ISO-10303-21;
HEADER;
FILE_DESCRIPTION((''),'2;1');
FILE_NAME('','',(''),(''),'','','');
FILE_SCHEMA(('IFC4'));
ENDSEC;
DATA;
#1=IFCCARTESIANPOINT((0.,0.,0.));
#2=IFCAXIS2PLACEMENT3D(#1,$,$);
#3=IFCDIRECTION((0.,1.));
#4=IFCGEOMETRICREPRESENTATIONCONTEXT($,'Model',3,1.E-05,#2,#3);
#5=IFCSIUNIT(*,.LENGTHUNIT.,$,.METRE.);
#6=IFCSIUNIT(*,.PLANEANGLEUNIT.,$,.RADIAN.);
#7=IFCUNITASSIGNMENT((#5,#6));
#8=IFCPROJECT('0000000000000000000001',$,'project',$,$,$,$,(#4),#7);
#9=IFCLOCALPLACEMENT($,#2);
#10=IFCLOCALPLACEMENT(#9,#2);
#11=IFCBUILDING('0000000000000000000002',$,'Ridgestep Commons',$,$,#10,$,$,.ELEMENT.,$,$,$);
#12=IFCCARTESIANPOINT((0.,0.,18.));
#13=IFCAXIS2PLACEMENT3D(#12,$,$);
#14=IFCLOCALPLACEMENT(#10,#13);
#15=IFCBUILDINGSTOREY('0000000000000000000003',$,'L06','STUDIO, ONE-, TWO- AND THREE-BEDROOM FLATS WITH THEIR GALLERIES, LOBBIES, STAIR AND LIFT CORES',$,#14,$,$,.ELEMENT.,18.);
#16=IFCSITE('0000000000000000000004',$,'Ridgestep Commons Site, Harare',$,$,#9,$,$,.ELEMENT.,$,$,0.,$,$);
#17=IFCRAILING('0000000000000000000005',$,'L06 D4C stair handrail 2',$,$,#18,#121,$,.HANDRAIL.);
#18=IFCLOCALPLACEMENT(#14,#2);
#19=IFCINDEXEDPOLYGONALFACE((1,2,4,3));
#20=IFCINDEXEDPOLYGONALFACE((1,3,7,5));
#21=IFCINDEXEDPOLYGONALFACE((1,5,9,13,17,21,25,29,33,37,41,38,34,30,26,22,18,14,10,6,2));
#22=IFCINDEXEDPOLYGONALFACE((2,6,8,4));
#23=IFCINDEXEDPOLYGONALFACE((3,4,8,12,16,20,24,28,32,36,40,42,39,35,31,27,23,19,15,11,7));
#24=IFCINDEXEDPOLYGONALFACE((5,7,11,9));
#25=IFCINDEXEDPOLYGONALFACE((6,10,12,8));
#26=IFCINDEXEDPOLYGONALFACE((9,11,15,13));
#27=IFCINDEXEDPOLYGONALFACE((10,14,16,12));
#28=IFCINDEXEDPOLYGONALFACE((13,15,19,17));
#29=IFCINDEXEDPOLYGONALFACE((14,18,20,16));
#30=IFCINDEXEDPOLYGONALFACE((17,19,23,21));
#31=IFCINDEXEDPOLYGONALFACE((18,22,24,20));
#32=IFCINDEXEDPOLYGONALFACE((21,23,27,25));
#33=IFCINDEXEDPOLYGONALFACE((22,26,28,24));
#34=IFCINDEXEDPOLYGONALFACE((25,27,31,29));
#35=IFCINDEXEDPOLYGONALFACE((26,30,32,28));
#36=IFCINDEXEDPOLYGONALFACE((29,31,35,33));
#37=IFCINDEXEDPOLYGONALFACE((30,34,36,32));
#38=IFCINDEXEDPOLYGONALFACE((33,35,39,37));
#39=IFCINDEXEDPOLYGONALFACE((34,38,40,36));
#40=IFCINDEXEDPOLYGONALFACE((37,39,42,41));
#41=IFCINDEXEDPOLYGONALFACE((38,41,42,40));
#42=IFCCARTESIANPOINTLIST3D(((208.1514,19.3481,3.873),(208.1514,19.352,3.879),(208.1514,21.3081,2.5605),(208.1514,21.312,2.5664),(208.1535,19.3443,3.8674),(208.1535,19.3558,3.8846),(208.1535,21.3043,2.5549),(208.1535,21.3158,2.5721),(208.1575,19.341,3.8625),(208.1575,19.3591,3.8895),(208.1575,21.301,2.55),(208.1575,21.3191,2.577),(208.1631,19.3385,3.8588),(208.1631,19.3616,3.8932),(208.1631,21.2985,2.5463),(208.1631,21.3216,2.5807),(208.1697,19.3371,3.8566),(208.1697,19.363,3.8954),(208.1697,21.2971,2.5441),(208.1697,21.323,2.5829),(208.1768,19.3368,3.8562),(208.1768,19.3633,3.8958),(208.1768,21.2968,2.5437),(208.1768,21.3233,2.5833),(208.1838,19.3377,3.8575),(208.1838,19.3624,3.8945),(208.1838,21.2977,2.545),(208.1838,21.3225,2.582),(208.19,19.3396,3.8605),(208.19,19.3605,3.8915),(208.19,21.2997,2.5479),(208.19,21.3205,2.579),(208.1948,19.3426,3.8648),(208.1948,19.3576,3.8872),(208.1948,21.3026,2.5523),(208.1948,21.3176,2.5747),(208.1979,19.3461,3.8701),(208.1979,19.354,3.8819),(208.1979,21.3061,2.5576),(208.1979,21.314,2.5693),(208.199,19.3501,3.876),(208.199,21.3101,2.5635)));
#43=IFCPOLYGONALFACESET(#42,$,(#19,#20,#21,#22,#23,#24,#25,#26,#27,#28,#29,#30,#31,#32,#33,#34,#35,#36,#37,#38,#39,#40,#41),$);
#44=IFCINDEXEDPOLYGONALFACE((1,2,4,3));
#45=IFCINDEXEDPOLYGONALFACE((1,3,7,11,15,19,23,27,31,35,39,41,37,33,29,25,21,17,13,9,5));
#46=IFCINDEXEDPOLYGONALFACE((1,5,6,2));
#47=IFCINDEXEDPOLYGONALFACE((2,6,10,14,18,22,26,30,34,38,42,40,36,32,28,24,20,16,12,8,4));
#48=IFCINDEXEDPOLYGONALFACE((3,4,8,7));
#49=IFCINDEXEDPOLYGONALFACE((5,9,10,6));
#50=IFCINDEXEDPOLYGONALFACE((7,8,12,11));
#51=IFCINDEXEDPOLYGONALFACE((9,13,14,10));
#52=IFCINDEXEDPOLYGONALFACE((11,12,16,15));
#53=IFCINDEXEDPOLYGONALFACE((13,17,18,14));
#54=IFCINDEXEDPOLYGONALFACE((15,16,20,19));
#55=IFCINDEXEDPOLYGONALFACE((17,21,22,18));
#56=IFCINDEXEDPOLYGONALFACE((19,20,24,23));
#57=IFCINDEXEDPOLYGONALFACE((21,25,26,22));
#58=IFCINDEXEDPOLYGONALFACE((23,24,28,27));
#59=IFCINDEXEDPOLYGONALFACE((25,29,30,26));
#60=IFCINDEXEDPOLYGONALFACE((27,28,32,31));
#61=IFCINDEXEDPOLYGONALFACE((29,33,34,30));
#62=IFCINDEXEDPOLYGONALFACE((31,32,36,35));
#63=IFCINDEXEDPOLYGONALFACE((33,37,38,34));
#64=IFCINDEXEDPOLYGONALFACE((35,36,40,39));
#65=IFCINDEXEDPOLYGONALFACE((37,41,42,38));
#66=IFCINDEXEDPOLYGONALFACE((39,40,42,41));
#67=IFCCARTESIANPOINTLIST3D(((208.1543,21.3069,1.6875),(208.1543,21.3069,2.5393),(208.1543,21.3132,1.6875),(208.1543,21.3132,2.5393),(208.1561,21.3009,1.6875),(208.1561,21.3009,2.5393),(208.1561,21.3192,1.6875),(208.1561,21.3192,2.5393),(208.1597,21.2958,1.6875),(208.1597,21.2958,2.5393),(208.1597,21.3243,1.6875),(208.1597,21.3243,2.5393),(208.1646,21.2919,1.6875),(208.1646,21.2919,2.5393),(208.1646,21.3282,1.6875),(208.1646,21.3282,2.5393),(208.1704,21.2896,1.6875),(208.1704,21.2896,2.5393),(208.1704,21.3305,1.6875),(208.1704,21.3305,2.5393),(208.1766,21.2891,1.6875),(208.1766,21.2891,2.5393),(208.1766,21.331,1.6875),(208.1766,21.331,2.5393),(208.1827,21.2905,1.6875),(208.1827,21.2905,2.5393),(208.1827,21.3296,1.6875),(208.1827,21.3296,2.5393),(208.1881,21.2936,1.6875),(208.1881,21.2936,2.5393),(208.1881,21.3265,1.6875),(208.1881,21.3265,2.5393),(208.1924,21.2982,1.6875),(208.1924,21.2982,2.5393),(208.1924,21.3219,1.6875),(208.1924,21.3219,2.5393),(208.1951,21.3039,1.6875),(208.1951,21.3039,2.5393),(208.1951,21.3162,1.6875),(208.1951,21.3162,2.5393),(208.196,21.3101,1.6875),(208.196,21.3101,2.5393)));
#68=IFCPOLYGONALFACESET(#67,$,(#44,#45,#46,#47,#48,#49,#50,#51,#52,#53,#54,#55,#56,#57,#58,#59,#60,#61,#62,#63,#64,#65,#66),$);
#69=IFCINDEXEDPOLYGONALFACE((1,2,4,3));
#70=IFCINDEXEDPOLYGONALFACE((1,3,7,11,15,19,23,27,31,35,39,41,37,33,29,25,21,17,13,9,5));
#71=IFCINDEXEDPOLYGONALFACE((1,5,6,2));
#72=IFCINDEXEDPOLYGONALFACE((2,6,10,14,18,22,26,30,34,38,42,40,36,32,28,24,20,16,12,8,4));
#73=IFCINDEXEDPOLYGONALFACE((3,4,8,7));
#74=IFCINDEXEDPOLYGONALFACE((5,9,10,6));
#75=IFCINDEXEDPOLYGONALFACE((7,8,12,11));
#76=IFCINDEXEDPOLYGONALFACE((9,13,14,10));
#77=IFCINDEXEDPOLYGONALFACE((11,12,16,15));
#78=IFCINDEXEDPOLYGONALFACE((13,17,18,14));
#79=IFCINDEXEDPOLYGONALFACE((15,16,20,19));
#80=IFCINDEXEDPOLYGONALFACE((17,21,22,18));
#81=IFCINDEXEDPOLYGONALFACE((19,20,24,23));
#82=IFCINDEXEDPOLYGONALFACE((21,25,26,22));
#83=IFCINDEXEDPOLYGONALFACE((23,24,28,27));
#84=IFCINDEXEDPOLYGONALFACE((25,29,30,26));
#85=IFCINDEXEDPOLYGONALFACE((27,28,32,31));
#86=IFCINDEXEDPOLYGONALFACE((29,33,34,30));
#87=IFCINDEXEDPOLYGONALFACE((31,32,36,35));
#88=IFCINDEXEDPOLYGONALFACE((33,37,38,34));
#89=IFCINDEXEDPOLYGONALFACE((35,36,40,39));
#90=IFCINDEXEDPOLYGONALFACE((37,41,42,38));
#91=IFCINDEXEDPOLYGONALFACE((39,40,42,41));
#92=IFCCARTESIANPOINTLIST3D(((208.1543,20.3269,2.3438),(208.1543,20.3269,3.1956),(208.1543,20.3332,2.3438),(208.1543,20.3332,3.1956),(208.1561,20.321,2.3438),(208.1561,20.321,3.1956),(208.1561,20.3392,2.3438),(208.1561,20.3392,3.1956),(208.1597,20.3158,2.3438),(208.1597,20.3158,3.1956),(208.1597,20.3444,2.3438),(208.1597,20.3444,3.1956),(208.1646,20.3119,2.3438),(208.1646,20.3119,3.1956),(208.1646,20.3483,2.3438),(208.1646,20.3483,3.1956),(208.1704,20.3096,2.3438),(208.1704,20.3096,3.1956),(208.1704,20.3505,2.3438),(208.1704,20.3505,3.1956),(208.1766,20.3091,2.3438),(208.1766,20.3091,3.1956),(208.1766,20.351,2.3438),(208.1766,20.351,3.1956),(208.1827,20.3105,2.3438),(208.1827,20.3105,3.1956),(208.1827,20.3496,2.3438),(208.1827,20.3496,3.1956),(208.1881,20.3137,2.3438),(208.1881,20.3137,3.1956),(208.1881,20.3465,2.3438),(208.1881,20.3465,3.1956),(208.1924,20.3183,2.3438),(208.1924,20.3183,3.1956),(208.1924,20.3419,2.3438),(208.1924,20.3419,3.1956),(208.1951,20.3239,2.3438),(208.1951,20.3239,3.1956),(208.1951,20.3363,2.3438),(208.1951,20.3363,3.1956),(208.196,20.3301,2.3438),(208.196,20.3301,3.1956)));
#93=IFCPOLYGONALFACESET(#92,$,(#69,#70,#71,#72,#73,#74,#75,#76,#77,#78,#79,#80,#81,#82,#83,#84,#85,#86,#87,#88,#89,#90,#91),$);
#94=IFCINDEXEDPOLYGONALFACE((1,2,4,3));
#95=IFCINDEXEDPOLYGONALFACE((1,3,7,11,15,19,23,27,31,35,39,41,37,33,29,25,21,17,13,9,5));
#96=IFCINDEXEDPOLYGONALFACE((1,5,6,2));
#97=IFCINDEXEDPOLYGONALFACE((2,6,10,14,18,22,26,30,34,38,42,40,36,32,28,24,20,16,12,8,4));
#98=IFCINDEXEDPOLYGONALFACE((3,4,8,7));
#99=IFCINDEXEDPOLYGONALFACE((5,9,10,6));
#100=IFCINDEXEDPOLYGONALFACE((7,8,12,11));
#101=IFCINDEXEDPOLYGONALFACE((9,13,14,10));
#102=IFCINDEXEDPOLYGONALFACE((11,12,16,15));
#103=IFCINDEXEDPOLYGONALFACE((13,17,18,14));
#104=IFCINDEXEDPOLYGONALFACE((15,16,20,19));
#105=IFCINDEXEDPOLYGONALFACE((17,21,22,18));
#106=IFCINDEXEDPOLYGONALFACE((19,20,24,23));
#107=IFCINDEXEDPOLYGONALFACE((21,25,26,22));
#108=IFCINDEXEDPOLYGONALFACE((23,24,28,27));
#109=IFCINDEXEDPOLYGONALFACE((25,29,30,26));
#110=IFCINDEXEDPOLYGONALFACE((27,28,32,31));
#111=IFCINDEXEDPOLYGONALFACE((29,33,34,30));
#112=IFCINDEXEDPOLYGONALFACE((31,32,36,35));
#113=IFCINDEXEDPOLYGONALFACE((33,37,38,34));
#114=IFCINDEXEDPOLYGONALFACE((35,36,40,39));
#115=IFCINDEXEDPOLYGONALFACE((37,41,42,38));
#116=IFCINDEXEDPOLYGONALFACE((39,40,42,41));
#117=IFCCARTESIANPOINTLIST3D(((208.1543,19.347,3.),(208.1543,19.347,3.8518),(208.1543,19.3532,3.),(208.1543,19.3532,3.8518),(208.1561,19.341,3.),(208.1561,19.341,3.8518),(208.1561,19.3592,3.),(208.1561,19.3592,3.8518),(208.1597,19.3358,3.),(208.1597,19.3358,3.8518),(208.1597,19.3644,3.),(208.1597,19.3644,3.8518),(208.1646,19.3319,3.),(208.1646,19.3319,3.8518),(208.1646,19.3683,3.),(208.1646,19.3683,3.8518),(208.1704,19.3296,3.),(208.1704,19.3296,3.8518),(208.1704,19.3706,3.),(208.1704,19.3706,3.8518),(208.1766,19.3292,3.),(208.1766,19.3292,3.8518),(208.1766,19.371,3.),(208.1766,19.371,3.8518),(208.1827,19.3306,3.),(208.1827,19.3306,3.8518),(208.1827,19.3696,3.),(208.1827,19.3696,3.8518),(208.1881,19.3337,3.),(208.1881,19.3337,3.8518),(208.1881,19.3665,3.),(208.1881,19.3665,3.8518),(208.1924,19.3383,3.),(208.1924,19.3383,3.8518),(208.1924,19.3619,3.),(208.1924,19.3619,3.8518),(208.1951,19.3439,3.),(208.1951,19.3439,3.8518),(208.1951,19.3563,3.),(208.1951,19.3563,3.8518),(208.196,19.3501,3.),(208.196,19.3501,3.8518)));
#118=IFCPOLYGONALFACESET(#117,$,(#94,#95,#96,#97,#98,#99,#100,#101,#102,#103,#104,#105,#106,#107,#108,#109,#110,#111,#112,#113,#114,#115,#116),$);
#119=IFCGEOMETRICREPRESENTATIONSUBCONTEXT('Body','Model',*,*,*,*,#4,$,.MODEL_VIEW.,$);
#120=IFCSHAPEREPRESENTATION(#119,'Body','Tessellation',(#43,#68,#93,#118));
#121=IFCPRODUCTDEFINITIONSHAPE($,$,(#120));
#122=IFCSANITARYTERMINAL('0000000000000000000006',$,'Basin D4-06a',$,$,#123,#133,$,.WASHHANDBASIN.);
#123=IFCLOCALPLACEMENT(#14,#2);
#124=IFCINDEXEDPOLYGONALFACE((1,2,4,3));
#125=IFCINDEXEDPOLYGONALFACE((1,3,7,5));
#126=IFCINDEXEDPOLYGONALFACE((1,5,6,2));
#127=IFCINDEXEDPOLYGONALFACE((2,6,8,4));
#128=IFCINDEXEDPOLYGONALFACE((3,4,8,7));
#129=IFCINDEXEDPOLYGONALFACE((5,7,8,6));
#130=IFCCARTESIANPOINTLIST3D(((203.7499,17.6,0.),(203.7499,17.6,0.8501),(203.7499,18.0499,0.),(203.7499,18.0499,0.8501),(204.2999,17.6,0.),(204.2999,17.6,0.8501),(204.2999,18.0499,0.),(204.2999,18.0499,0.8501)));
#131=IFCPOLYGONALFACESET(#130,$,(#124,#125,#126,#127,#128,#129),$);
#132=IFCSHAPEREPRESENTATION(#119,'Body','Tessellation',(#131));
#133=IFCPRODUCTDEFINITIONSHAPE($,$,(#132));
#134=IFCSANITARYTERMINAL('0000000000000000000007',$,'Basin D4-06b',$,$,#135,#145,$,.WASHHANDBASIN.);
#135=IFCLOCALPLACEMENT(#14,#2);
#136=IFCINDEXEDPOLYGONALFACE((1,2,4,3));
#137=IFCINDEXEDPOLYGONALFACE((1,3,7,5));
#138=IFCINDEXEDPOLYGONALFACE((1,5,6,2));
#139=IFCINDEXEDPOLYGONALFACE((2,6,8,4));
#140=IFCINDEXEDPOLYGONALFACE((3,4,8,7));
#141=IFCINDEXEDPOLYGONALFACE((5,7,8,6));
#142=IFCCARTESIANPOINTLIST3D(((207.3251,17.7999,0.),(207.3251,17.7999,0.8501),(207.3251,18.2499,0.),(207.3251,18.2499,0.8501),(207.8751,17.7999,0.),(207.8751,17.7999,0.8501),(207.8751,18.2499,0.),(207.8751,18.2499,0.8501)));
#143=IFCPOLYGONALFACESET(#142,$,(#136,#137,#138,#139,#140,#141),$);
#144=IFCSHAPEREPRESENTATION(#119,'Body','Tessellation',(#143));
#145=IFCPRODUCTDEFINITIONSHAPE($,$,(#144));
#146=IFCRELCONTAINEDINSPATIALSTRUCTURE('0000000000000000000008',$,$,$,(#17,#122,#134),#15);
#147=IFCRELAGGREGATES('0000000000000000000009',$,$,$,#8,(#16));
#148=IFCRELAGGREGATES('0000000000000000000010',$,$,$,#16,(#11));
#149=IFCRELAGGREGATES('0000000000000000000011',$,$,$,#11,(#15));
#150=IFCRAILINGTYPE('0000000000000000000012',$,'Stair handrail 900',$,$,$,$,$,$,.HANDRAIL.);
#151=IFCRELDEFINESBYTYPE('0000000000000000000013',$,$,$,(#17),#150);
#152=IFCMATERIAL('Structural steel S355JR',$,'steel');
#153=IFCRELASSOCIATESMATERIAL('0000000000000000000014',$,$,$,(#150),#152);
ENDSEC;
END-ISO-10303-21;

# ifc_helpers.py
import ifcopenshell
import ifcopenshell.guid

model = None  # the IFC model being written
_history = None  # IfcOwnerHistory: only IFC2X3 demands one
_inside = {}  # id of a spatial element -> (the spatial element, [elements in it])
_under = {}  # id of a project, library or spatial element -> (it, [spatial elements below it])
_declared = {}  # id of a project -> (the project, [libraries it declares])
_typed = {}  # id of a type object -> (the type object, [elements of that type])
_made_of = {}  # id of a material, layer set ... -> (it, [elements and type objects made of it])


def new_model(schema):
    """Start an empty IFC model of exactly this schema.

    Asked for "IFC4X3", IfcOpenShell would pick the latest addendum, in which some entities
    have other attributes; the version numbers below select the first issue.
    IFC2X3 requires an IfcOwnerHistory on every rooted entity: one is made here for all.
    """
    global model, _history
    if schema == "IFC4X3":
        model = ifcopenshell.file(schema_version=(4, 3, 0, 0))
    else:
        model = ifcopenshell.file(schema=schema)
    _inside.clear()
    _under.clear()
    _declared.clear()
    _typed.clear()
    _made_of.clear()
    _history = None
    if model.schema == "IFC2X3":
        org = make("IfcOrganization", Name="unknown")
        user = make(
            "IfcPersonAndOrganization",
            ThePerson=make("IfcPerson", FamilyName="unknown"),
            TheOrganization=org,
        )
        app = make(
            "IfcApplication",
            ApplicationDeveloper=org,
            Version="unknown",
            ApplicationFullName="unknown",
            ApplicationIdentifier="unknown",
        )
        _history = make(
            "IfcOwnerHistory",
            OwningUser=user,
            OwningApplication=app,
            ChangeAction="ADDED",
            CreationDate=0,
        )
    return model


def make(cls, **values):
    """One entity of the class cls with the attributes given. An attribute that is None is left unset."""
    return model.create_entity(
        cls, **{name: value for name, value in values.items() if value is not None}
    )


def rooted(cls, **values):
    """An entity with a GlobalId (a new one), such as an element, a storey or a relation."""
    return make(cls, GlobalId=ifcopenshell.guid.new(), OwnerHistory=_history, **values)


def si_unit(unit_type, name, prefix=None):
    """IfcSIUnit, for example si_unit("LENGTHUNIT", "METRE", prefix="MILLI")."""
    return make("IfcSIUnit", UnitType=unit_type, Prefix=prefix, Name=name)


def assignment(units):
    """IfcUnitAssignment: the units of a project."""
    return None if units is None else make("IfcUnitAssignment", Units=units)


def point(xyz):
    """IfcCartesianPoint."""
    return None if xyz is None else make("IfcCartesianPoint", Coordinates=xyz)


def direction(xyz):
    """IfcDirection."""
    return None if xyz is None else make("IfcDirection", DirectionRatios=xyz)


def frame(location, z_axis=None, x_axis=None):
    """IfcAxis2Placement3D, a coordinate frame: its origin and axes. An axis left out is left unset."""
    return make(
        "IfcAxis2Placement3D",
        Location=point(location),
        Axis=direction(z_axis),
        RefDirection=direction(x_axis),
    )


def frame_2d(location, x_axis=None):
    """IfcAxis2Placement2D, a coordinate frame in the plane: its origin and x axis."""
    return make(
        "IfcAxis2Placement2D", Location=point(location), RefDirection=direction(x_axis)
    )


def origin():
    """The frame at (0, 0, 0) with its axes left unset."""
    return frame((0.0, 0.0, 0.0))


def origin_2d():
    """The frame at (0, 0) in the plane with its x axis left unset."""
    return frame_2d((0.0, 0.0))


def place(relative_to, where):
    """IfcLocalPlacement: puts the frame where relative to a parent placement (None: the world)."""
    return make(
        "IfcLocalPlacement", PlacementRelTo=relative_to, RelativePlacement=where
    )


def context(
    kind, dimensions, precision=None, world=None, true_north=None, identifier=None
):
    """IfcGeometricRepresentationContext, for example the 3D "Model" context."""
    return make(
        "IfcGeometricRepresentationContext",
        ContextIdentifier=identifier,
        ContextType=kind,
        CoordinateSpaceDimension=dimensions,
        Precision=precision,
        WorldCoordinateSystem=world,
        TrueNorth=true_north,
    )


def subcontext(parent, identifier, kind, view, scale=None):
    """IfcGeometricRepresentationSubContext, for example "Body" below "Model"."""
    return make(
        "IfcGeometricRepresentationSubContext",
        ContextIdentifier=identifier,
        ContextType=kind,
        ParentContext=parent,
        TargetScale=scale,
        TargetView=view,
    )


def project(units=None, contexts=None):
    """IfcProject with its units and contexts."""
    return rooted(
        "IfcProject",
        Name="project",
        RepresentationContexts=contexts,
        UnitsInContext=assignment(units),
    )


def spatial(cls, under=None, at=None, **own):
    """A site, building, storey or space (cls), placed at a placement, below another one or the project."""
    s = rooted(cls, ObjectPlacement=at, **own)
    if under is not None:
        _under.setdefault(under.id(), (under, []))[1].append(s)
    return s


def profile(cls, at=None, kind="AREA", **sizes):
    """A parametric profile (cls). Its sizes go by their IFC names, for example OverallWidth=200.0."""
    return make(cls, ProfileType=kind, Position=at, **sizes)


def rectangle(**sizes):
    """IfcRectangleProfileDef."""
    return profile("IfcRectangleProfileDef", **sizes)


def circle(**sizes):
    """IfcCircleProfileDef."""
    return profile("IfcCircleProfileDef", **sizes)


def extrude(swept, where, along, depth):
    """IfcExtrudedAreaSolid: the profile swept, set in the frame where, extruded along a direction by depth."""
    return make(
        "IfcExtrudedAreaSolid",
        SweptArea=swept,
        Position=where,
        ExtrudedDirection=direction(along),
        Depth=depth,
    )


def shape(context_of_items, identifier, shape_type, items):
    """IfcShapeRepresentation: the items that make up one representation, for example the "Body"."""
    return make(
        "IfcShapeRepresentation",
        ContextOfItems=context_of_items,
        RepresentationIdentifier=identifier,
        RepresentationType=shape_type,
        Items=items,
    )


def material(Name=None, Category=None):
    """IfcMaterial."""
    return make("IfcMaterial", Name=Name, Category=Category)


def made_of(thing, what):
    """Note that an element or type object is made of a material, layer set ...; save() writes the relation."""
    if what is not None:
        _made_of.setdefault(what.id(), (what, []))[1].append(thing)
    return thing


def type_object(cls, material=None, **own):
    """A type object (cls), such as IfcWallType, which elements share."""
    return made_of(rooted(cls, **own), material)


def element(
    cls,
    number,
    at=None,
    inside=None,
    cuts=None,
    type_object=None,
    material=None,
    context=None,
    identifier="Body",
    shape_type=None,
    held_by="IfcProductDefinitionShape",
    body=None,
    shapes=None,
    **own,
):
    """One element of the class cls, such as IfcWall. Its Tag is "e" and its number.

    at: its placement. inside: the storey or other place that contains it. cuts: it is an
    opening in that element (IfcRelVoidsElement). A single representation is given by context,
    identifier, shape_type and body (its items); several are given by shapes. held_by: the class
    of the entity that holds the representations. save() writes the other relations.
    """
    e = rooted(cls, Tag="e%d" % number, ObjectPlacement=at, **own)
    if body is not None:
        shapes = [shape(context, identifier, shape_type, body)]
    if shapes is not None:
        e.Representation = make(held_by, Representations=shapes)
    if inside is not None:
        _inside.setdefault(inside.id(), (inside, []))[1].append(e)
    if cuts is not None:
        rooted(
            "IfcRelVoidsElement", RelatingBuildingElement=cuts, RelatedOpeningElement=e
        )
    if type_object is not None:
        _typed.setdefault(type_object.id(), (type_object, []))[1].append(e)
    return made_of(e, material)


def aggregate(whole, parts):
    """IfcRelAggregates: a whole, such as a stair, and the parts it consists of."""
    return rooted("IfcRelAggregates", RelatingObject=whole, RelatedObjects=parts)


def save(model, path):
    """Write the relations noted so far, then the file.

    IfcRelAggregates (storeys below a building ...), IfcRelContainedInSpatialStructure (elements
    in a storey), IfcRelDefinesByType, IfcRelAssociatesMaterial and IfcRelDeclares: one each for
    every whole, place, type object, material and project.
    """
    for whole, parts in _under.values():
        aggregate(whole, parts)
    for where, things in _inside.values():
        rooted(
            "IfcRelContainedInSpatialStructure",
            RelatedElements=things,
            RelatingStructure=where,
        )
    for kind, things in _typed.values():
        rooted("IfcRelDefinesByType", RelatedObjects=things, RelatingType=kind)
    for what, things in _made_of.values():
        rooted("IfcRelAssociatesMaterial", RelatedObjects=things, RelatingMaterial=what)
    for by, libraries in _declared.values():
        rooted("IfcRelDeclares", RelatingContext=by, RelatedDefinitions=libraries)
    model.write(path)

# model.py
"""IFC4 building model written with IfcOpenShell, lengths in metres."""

from ifc_helpers import new_model, si_unit, direction, frame, origin, origin_2d, place, context, subcontext, project, spatial, rectangle, circle, extrude, material, type_object, element, save


model = new_model("IFC4")

# Units and contexts
model_context = context("Model", 3, precision=1e-05, world=origin(), true_north=direction((0.0, 1.0)))
body_context = subcontext(model_context, "Body", "Model", "MODEL_VIEW")
ifc_project = project(units=[si_unit("LENGTHUNIT", "METRE"), si_unit("PLANEANGLEUNIT", "RADIAN")], contexts=[model_context])

# Site, building, storey
site_placement = place(None, origin())
site = spatial("IfcSite", under=ifc_project, at=site_placement, Name="Ridgestep Commons Site, Harare", CompositionType="ELEMENT", RefElevation=0.0)
building_placement = place(site_placement, origin())
building = spatial("IfcBuilding", under=site, at=building_placement, Name="Ridgestep Commons", CompositionType="ELEMENT")
storey_placement = place(building_placement, frame((0.0, 0.0, 18.0)))
storey = spatial("IfcBuildingStorey", under=building, at=storey_placement, Name="L06", Description="STUDIO, ONE-, TWO- AND THREE-BEDROOM FLATS WITH THEIR GALLERIES, LOBBIES, STAIR AND LIFT CORES", CompositionType="ELEMENT", Elevation=18.0)

# Railing
ifc_material_1 = material(Name="Structural steel S355JR", Category="steel")
railing_type_1 = type_object("IfcRailingType", Name="Stair handrail 900", PredefinedType="HANDRAIL", material=ifc_material_1)
railing_1_placement = place(storey_placement, frame((208.175, 21.3101, 1.6875)))
element("IfcRailing", 1, at=railing_1_placement, inside=storey, type_object=railing_type_1, Name="L06 D4C stair handrail 2", PredefinedType="HANDRAIL", context=body_context, shape_type="SweptSolid", body=[
    extrude(circle(Radius=0.0239, at=origin_2d()), frame((0.0, 0.0, 0.876), z_axis=(0.0, -0.830902, 0.556419), x_axis=(1.0, 0.0, 0.0)), (0.0, 0.0, 1.0), 2.3589),
    extrude(circle(Radius=0.021, at=origin_2d()), origin(), (0.0, 0.0, 1.0), 0.8518),
    extrude(circle(Radius=0.021, at=origin_2d()), frame((0.0, -0.98, 0.6562)), (0.0, 0.0, 1.0), 0.8518),
    extrude(circle(Radius=0.021, at=origin_2d()), frame((0.0, -1.96, 1.3125)), (0.0, 0.0, 1.0), 0.8518),
])

# Sanitary terminals
for number, where, z_axis, x_axis, name in (
    (2, (204.0249, 17.825, 0.0), (0.0, 0.0, 1.0), (1.0, 0.0, 0.0), "Basin D4-06a"),
    (3, (207.6001, 18.0249, 0.0), (0.0, 0.0, 1.0), (1.0, 0.0, 0.0), "Basin D4-06b"),
):
    element("IfcSanitaryTerminal", number, at=place(storey_placement, frame(where, z_axis=z_axis, x_axis=x_axis)), inside=storey, Name=name, PredefinedType="WASHHANDBASIN", context=body_context, shape_type="SweptSolid", body=[
        extrude(rectangle(XDim=0.55, YDim=0.45, at=origin_2d()), origin(), (0.0, 0.0, 1.0), 0.8501),
    ])

save(model, "model.ifc")
